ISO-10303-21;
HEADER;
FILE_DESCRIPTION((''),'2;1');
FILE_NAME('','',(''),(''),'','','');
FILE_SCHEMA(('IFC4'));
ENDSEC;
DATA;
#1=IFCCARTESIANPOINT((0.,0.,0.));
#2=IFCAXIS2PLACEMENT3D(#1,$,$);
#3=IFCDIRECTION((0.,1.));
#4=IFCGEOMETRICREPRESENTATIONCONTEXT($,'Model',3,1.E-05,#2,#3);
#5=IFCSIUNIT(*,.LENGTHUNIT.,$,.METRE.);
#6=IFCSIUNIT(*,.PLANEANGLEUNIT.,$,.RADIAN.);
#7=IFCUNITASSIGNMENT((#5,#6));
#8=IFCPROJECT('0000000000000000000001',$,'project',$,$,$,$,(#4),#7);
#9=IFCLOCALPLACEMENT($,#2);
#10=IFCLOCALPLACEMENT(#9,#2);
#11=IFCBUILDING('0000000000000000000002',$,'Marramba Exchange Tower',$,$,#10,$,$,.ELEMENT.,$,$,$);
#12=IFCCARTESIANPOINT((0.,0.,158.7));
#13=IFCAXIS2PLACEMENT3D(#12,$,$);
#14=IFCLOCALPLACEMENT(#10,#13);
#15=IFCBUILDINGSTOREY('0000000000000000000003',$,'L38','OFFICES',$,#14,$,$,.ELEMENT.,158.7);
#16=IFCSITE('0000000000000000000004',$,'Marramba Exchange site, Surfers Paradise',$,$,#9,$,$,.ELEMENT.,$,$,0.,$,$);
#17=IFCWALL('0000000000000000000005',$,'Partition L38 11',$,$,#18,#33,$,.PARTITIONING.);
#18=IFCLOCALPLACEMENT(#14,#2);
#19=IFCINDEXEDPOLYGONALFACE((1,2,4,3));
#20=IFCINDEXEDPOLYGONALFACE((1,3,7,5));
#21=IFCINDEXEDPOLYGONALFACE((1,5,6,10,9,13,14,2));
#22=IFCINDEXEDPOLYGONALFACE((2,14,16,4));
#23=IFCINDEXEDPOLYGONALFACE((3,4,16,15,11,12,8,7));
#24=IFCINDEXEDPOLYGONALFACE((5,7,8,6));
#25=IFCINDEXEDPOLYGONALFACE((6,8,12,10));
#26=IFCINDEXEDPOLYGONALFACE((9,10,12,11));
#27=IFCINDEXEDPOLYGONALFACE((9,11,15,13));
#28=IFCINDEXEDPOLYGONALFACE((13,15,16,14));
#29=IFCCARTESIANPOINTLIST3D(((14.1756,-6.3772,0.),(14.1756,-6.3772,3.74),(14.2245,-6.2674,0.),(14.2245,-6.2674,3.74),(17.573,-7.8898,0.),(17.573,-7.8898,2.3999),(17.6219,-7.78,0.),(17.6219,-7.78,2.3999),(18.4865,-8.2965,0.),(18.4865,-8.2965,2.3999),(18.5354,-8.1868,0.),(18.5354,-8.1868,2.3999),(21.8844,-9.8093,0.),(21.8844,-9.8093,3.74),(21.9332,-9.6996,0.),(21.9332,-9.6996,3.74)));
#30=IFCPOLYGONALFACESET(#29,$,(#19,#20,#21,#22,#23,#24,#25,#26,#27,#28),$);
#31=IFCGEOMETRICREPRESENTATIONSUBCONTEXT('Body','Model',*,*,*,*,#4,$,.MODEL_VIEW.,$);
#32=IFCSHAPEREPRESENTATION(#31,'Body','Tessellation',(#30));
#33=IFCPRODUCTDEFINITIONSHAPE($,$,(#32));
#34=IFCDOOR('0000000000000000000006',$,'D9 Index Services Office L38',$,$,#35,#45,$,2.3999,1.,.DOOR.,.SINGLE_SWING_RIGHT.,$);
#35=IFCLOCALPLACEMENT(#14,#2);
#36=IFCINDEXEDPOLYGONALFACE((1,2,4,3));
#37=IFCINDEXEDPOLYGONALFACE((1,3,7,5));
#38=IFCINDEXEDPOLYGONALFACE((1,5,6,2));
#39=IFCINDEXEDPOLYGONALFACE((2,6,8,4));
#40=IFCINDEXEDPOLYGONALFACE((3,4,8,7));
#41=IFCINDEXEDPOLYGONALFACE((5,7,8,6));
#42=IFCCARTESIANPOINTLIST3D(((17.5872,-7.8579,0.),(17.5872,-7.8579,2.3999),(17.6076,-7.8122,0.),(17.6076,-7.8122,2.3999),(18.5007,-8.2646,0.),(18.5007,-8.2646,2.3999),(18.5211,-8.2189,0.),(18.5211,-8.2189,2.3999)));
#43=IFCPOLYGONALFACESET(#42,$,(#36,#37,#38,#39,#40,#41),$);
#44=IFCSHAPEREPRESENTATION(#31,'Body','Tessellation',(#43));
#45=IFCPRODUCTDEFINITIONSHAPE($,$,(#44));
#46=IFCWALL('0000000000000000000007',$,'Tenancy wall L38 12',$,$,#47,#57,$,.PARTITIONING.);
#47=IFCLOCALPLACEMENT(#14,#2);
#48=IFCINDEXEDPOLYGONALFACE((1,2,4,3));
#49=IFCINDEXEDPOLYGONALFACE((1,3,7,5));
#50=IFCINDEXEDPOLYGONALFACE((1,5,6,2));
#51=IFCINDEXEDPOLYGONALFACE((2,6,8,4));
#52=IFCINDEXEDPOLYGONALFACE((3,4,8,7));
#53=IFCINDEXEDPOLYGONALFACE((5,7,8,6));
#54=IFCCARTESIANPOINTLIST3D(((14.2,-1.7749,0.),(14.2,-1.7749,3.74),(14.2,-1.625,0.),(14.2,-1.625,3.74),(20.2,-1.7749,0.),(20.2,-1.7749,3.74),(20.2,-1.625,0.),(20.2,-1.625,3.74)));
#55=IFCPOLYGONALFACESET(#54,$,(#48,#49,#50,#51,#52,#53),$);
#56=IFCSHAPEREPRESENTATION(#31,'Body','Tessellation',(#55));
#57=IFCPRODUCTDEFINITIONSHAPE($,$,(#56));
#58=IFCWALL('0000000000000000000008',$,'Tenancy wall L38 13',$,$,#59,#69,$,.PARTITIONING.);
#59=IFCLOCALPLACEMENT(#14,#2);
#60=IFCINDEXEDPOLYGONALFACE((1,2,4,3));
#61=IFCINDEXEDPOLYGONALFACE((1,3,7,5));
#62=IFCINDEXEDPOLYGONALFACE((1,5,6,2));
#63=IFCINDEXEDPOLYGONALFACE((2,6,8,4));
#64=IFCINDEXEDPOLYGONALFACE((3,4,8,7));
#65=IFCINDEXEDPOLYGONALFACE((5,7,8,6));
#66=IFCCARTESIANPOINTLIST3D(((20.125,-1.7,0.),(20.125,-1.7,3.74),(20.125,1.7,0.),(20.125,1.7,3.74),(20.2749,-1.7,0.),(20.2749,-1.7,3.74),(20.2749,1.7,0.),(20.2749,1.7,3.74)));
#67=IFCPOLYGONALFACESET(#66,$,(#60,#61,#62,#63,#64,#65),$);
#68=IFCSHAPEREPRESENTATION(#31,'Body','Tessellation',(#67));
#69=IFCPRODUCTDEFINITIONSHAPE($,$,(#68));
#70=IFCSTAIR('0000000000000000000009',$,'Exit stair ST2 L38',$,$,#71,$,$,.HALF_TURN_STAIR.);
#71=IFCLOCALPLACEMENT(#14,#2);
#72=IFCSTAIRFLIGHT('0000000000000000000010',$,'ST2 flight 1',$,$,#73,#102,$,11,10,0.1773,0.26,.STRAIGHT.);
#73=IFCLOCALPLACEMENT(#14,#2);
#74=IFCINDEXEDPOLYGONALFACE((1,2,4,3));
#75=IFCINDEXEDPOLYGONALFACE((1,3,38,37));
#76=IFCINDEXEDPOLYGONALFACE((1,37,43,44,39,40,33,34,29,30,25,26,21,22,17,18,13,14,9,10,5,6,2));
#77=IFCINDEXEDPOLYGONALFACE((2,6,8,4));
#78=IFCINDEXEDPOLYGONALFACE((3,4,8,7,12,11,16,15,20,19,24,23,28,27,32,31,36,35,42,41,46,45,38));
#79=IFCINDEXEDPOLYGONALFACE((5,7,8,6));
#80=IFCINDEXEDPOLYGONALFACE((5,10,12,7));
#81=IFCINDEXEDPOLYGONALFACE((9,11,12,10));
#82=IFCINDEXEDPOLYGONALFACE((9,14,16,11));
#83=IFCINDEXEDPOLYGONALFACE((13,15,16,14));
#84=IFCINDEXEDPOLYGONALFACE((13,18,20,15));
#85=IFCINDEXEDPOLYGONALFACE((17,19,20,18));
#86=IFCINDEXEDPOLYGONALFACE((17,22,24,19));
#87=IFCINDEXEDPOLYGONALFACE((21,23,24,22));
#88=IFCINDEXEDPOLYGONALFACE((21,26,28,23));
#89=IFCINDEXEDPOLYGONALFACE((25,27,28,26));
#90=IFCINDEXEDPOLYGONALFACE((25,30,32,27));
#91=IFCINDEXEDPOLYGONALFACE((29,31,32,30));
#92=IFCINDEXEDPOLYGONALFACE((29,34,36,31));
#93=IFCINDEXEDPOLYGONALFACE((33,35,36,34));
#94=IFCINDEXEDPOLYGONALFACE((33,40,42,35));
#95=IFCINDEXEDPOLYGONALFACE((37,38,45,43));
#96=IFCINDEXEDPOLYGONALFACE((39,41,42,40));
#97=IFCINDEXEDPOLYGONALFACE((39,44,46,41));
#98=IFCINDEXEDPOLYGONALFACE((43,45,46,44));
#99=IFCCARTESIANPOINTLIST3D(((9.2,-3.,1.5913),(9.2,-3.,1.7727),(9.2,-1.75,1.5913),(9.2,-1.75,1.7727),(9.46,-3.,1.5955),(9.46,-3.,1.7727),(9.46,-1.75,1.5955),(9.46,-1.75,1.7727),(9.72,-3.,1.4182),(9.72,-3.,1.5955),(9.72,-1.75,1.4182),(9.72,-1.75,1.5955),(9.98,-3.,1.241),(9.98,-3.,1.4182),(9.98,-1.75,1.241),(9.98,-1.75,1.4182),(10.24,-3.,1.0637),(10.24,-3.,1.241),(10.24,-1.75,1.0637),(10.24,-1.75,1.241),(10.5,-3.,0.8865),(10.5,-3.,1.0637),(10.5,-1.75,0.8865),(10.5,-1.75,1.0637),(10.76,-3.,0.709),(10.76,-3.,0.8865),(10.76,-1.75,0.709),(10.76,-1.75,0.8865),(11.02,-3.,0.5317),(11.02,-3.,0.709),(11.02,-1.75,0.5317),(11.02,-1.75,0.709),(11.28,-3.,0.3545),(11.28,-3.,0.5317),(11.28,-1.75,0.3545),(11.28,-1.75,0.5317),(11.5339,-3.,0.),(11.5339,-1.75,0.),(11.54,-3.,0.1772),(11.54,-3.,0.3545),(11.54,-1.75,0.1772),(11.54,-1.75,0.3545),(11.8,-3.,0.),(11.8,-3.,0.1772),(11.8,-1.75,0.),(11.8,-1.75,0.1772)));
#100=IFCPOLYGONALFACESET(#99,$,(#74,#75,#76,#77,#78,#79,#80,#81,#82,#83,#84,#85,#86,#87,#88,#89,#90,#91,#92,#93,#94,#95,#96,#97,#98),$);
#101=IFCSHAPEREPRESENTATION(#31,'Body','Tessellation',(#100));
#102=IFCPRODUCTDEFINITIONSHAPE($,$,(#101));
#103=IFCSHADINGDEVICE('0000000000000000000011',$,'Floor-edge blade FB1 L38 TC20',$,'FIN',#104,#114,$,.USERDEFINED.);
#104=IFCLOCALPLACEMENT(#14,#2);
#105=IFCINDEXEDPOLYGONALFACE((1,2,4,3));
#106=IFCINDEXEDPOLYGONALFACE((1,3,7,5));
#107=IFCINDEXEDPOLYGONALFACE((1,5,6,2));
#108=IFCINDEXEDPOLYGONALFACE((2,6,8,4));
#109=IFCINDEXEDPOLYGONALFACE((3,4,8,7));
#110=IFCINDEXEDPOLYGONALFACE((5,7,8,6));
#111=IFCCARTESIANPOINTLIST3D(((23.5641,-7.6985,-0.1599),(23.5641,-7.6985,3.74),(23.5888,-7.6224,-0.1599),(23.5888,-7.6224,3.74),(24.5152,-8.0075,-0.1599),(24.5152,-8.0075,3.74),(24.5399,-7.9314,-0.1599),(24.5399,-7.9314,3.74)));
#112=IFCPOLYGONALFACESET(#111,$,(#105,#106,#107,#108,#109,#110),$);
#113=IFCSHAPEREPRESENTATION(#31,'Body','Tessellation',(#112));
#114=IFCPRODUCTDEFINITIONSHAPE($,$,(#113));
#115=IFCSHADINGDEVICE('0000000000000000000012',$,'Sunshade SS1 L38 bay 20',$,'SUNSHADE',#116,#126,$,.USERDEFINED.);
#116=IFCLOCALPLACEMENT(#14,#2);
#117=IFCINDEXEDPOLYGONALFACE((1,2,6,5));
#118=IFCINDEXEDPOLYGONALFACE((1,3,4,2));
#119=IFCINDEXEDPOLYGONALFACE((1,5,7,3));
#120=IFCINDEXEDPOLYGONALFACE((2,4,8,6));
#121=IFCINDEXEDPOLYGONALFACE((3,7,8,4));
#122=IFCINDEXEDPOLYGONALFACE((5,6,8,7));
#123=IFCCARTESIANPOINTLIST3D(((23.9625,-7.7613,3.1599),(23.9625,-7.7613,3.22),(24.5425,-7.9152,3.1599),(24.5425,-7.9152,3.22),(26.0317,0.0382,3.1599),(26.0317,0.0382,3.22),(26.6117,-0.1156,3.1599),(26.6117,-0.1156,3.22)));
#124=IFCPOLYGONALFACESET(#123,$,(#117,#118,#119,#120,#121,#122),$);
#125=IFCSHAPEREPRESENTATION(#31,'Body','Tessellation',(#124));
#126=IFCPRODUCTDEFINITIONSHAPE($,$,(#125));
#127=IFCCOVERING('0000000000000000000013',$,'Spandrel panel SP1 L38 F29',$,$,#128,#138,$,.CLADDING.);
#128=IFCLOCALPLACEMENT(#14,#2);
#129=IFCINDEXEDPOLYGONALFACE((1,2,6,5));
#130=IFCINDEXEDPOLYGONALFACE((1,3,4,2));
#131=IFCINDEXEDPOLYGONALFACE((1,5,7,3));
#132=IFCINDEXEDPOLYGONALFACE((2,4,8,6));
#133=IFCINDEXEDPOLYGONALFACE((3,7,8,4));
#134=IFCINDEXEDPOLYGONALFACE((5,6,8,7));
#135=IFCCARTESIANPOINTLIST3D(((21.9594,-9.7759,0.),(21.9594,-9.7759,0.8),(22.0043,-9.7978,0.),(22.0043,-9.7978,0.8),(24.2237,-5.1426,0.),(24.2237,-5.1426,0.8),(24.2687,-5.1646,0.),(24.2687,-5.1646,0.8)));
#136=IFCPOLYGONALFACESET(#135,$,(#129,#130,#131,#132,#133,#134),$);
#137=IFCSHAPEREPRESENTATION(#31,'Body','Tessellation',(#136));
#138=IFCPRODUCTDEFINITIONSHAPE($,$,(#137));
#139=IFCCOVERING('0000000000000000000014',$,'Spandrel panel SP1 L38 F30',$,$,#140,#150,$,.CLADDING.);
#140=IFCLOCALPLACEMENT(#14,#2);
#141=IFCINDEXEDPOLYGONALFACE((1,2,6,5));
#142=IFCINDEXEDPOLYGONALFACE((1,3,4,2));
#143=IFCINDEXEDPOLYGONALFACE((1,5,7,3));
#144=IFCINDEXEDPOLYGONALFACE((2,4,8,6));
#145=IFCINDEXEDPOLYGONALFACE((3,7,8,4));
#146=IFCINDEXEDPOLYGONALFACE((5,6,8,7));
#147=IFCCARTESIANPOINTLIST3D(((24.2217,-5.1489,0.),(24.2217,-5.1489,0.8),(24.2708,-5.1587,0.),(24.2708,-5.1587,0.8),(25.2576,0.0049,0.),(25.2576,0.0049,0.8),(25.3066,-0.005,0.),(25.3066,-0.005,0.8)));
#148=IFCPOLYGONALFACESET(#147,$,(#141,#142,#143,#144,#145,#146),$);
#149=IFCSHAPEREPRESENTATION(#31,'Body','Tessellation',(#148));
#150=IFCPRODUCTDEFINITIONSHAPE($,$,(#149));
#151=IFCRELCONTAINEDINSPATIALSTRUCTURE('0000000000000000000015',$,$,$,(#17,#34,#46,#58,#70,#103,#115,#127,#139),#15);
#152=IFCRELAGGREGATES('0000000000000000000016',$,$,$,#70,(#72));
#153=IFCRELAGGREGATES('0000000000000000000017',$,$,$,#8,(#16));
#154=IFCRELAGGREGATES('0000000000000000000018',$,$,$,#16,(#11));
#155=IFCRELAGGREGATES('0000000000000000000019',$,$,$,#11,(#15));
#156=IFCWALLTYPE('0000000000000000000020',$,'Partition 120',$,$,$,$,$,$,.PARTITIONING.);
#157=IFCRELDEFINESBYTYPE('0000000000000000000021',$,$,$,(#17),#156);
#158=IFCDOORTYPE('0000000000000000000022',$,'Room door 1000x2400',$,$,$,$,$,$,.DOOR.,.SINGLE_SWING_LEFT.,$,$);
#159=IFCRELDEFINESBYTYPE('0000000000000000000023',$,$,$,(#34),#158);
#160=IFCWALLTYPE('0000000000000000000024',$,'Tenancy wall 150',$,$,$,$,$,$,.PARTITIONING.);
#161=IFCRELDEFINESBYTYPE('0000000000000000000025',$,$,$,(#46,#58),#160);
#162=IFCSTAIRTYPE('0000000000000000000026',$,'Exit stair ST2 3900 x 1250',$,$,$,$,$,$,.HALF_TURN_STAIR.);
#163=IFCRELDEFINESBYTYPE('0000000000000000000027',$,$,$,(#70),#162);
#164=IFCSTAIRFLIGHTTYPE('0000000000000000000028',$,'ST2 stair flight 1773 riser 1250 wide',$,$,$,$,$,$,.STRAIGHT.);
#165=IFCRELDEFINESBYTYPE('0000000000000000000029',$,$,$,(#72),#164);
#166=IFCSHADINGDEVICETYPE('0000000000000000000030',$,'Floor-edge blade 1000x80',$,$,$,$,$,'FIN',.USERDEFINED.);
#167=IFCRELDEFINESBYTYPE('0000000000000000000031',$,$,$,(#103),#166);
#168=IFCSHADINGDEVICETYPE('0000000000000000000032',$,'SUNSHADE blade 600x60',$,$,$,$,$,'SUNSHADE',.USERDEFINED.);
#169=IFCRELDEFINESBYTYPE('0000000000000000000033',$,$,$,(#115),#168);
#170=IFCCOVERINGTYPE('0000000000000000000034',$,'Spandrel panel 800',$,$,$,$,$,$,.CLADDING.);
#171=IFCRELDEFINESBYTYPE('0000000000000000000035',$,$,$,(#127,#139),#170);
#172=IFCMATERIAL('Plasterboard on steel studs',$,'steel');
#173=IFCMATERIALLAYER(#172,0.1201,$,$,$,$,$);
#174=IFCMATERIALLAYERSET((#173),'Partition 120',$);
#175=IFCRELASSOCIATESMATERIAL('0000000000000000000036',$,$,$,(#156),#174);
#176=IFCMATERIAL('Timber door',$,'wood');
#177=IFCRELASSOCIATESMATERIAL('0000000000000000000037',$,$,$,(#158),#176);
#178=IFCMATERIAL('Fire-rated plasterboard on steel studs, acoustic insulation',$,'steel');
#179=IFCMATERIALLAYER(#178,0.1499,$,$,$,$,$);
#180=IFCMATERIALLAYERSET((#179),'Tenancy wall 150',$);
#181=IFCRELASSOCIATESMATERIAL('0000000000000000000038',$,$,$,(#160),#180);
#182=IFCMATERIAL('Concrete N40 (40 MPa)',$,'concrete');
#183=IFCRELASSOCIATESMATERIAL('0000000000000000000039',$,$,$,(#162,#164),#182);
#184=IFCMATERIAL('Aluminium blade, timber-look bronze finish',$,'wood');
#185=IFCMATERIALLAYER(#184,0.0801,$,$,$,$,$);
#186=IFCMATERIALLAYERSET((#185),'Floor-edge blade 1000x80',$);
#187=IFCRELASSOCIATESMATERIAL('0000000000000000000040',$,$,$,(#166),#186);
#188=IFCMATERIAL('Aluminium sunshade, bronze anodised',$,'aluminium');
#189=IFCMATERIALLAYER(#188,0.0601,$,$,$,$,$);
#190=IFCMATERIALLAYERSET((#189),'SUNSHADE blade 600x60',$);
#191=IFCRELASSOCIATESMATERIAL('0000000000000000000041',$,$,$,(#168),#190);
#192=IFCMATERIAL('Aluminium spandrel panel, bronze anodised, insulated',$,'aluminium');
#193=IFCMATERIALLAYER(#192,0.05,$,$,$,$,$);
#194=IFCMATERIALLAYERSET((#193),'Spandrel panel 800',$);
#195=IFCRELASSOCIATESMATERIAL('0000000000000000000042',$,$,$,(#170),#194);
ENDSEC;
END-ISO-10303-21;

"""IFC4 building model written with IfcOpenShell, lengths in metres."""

from ifc_helpers import new_model, si_unit, direction, frame, frame_2d, origin, origin_2d, place, context, subcontext, project, spatial, polyline, rectangle, outline, extrude, material, layer, layer_set, type_object, element, fill, aggregate, save


model = new_model("IFC4")

# Units and contexts
model_context = context("Model", 3, precision=1e-05, world=origin(), true_north=direction((0.0, 1.0)))
body_context = subcontext(model_context, "Body", "Model", "MODEL_VIEW")
ifc_project = project(units=[si_unit("LENGTHUNIT", "METRE"), si_unit("PLANEANGLEUNIT", "RADIAN")], contexts=[model_context])

# Site, building, storey
site_placement = place(None, origin())
site = spatial("IfcSite", under=ifc_project, at=site_placement, Name="Marramba Exchange site, Surfers Paradise", CompositionType="ELEMENT", RefElevation=0.0)
building_placement = place(site_placement, origin())
building = spatial("IfcBuilding", under=site, at=building_placement, Name="Marramba Exchange Tower", CompositionType="ELEMENT")
storey_placement = place(building_placement, frame((0.0, 0.0, 158.7)))
storey = spatial("IfcBuildingStorey", under=building, at=storey_placement, Name="L38", Description="OFFICES", CompositionType="ELEMENT", Elevation=158.7)

# Wall, opening, door
ifc_material_1 = material(Name="Plasterboard on steel studs", Category="steel")
ifc_layer_1 = layer(ifc_material_1, 0.1201)
ifc_layer_set_1 = layer_set([ifc_layer_1], Name="Partition 120")
wall_type_1 = type_object("IfcWallType", Name="Partition 120", PredefinedType="PARTITIONING", material=ifc_layer_set_1)
wall_1_placement = place(storey_placement, frame((14.2, -6.3223, 0.0), z_axis=(0.0, 0.0, 1.0), x_axis=(0.913546, -0.406734, 0.0)))
wall_1 = element("IfcWall", 1, at=wall_1_placement, inside=storey, type_object=wall_type_1, Name="Partition L38 11", PredefinedType="PARTITIONING", context=body_context, shape_type="SweptSolid", body=[
    extrude(rectangle(XDim=8.4382, YDim=0.1201, at=frame_2d((4.2192, 0.0))), origin(), (0.0, 0.0, 1.0), 3.74),
])
opening_1_placement = place(wall_1_placement, frame((3.719, 0.0, 0.0)))
opening_1 = element("IfcOpeningElement", 2, at=opening_1_placement, cuts=wall_1, PredefinedType="OPENING", context=body_context, shape_type="SweptSolid", body=[
    extrude(rectangle(XDim=1.0, YDim=2.3999, at=frame_2d((0.5, 1.2))), frame((0.0, 0.0701, 0.0), z_axis=(0.0, -1.0, 0.0), x_axis=(1.0, 0.0, 0.0)), (0.0, 0.0, 1.0), 0.1401),
])
ifc_material_2 = material(Name="Timber door", Category="wood")
door_type_1 = type_object("IfcDoorType", Name="Room door 1000x2400", OperationType="SINGLE_SWING_LEFT", PredefinedType="DOOR", material=ifc_material_2)
door_1_placement = place(opening_1_placement, origin())
door_1 = element("IfcDoor", 3, at=door_1_placement, inside=storey, type_object=door_type_1, Name="D9 Index Services Office L38", OperationType="SINGLE_SWING_RIGHT", OverallHeight=2.3999, OverallWidth=1.0, PredefinedType="DOOR", context=body_context, shape_type="SweptSolid", body=[
    extrude(rectangle(XDim=1.0, YDim=2.3999, at=frame_2d((0.5, 1.2))), frame((0.0, 0.0249, 0.0), z_axis=(0.0, -1.0, 0.0), x_axis=(1.0, 0.0, 0.0)), (0.0, 0.0, 1.0), 0.05),
])
fill(opening_1, door_1)

# Walls
ifc_material_3 = material(Name="Fire-rated plasterboard on steel studs, acoustic insulation", Category="steel")
ifc_layer_2 = layer(ifc_material_3, 0.1499)
ifc_layer_set_2 = layer_set([ifc_layer_2], Name="Tenancy wall 150")
wall_type_2 = type_object("IfcWallType", Name="Tenancy wall 150", PredefinedType="PARTITIONING", material=ifc_layer_set_2)
wall_2_placement = place(storey_placement, frame((14.2, -1.7, 0.0), z_axis=(0.0, 0.0, 1.0), x_axis=(1.0, 0.0, 0.0)))
element("IfcWall", 4, at=wall_2_placement, inside=storey, type_object=wall_type_2, Name="Tenancy wall L38 12", PredefinedType="PARTITIONING", context=body_context, shape_type="SweptSolid", body=[
    extrude(rectangle(XDim=6.0, YDim=0.1499, at=frame_2d((3.0, 0.0))), origin(), (0.0, 0.0, 1.0), 3.74),
])
wall_3_placement = place(storey_placement, frame((20.2, -1.7, 0.0), z_axis=(0.0, 0.0, 1.0), x_axis=(0.0, 1.0, 0.0)))
element("IfcWall", 5, at=wall_3_placement, inside=storey, type_object=wall_type_2, Name="Tenancy wall L38 13", PredefinedType="PARTITIONING", context=body_context, shape_type="SweptSolid", body=[
    extrude(rectangle(XDim=3.3999, YDim=0.1499, at=frame_2d((1.7, 0.0))), origin(), (0.0, 0.0, 1.0), 3.74),
])

# Stair, stair flight
ifc_material_4 = material(Name="Concrete N40 (40 MPa)", Category="concrete")
stair_type = type_object("IfcStairType", Name="Exit stair ST2 3900 x 1250", PredefinedType="HALF_TURN_STAIR", material=ifc_material_4)
stair_placement = place(storey_placement, origin())
stair = element("IfcStair", 6, at=stair_placement, inside=storey, type_object=stair_type, Name="Exit stair ST2 L38", PredefinedType="HALF_TURN_STAIR")
stair_flight_type = type_object("IfcStairFlightType", Name="ST2 stair flight 1773 riser 1250 wide", PredefinedType="STRAIGHT", material=ifc_material_4)
stair_flight_placement = place(storey_placement, frame((11.8, -2.375, 0.0), z_axis=(0.0, 0.0, 1.0), x_axis=(-1.0, 0.0, 0.0)))
stair_flight = element("IfcStairFlight", 7, at=stair_flight_placement, type_object=stair_flight_type, Name="ST2 flight 1", NumberOfRisers=11, NumberOfTreads=10, PredefinedType="STRAIGHT", RiserHeight=0.1773, TreadLength=0.26, context=body_context, shape_type="SweptSolid", body=[
    extrude(outline(polyline([(0.0, 0.0), (0.0, 0.1772), (0.26, 0.1772), (0.26, 0.3545), (0.52, 0.3545), (0.52, 0.5317), (0.78, 0.5317), (0.78, 0.709), (1.04, 0.709), (1.04, 0.8865), (1.3, 0.8865), (1.3, 1.0637), (1.5601, 1.0637), (1.5601, 1.241), (1.8201, 1.241), (1.8201, 1.4182), (2.0801, 1.4182), (2.0801, 1.5955), (2.3401, 1.5955), (2.3401, 1.7727), (2.6001, 1.7727), (2.6001, 1.95), (2.6001, 1.5913), (0.2661, 0.0), (0.0, 0.0)])), frame((0.0, 0.625, 0.0), z_axis=(0.0, -1.0, 0.0), x_axis=(1.0, 0.0, 0.0)), (0.0, 0.0, 1.0), 1.25),
])
aggregate(stair, [stair_flight])

# Shading devices
ifc_material_5 = material(Name="Aluminium blade, timber-look bronze finish", Category="wood")
ifc_layer_3 = layer(ifc_material_5, 0.0801)
ifc_layer_set_3 = layer_set([ifc_layer_3], Name="Floor-edge blade 1000x80")
shading_device_type_1 = type_object("IfcShadingDeviceType", Name="Floor-edge blade 1000x80", ElementType="FIN", PredefinedType="USERDEFINED", material=ifc_layer_set_3)
shading_device_1_placement = place(storey_placement, frame((24.052, -7.8149, -0.1599), z_axis=(0.0, 0.0, 1.0), x_axis=(0.951057, -0.309017, 0.0)))
element("IfcShadingDevice", 8, at=shading_device_1_placement, inside=storey, type_object=shading_device_type_1, Name="Floor-edge blade FB1 L38 TC20", ObjectType="FIN", PredefinedType="USERDEFINED", context=body_context, shape_type="SweptSolid", body=[
    extrude(rectangle(XDim=1.0, YDim=0.0801, at=origin_2d()), origin(), (0.0, 0.0, 1.0), 3.8999),
])
ifc_material_6 = material(Name="Aluminium sunshade, bronze anodised", Category="aluminium")
ifc_layer_4 = layer(ifc_material_6, 0.0601)
ifc_layer_set_4 = layer_set([ifc_layer_4], Name="SUNSHADE blade 600x60")
shading_device_type_2 = type_object("IfcShadingDeviceType", Name="SUNSHADE blade 600x60", ElementType="SUNSHADE", PredefinedType="USERDEFINED", material=ifc_layer_set_4)
shading_device_2_placement = place(storey_placement, frame((25.2871, -3.9385, 3.1599), z_axis=(0.0, 0.0, 1.0), x_axis=(0.256423, 0.966565, 0.0)))
element("IfcShadingDevice", 9, at=shading_device_2_placement, inside=storey, type_object=shading_device_type_2, Name="Sunshade SS1 L38 bay 20", ObjectType="SUNSHADE", PredefinedType="USERDEFINED", context=body_context, shape_type="SweptSolid", body=[
    extrude(rectangle(XDim=8.0693, YDim=0.6001, at=origin_2d()), origin(), (0.0, 0.0, 1.0), 0.0601),
])

# Coverings
ifc_material_7 = material(Name="Aluminium spandrel panel, bronze anodised, insulated", Category="aluminium")
ifc_layer_5 = layer(ifc_material_7, 0.05)
ifc_layer_set_5 = layer_set([ifc_layer_5], Name="Spandrel panel 800")
covering_type = type_object("IfcCoveringType", Name="Spandrel panel 800", PredefinedType="CLADDING", material=ifc_layer_set_5)
covering_1_placement = place(storey_placement, frame((23.114, -7.4702, 0.0), z_axis=(0.0, 0.0, 1.0), x_axis=(0.439086, 0.898445, 0.0)))
element("IfcCovering", 10, at=covering_1_placement, inside=storey, type_object=covering_type, Name="Spandrel panel SP1 L38 F29", PredefinedType="CLADDING", context=body_context, shape_type="SweptSolid", body=[
    extrude(rectangle(XDim=5.157, YDim=0.05, at=origin_2d()), origin(), (0.0, 0.0, 1.0), 0.8),
])
covering_2_placement = place(storey_placement, frame((24.7642, -2.5769, 0.0), z_axis=(0.0, 0.0, 1.0), x_axis=(0.197049, 0.980394, 0.0)))
element("IfcCovering", 11, at=covering_2_placement, inside=storey, type_object=covering_type, Name="Spandrel panel SP1 L38 F30", PredefinedType="CLADDING", context=body_context, shape_type="SweptSolid", body=[
    extrude(rectangle(XDim=5.2568, YDim=0.05, at=origin_2d()), origin(), (0.0, 0.0, 1.0), 0.8),
])

save(model, "model.ifc")
